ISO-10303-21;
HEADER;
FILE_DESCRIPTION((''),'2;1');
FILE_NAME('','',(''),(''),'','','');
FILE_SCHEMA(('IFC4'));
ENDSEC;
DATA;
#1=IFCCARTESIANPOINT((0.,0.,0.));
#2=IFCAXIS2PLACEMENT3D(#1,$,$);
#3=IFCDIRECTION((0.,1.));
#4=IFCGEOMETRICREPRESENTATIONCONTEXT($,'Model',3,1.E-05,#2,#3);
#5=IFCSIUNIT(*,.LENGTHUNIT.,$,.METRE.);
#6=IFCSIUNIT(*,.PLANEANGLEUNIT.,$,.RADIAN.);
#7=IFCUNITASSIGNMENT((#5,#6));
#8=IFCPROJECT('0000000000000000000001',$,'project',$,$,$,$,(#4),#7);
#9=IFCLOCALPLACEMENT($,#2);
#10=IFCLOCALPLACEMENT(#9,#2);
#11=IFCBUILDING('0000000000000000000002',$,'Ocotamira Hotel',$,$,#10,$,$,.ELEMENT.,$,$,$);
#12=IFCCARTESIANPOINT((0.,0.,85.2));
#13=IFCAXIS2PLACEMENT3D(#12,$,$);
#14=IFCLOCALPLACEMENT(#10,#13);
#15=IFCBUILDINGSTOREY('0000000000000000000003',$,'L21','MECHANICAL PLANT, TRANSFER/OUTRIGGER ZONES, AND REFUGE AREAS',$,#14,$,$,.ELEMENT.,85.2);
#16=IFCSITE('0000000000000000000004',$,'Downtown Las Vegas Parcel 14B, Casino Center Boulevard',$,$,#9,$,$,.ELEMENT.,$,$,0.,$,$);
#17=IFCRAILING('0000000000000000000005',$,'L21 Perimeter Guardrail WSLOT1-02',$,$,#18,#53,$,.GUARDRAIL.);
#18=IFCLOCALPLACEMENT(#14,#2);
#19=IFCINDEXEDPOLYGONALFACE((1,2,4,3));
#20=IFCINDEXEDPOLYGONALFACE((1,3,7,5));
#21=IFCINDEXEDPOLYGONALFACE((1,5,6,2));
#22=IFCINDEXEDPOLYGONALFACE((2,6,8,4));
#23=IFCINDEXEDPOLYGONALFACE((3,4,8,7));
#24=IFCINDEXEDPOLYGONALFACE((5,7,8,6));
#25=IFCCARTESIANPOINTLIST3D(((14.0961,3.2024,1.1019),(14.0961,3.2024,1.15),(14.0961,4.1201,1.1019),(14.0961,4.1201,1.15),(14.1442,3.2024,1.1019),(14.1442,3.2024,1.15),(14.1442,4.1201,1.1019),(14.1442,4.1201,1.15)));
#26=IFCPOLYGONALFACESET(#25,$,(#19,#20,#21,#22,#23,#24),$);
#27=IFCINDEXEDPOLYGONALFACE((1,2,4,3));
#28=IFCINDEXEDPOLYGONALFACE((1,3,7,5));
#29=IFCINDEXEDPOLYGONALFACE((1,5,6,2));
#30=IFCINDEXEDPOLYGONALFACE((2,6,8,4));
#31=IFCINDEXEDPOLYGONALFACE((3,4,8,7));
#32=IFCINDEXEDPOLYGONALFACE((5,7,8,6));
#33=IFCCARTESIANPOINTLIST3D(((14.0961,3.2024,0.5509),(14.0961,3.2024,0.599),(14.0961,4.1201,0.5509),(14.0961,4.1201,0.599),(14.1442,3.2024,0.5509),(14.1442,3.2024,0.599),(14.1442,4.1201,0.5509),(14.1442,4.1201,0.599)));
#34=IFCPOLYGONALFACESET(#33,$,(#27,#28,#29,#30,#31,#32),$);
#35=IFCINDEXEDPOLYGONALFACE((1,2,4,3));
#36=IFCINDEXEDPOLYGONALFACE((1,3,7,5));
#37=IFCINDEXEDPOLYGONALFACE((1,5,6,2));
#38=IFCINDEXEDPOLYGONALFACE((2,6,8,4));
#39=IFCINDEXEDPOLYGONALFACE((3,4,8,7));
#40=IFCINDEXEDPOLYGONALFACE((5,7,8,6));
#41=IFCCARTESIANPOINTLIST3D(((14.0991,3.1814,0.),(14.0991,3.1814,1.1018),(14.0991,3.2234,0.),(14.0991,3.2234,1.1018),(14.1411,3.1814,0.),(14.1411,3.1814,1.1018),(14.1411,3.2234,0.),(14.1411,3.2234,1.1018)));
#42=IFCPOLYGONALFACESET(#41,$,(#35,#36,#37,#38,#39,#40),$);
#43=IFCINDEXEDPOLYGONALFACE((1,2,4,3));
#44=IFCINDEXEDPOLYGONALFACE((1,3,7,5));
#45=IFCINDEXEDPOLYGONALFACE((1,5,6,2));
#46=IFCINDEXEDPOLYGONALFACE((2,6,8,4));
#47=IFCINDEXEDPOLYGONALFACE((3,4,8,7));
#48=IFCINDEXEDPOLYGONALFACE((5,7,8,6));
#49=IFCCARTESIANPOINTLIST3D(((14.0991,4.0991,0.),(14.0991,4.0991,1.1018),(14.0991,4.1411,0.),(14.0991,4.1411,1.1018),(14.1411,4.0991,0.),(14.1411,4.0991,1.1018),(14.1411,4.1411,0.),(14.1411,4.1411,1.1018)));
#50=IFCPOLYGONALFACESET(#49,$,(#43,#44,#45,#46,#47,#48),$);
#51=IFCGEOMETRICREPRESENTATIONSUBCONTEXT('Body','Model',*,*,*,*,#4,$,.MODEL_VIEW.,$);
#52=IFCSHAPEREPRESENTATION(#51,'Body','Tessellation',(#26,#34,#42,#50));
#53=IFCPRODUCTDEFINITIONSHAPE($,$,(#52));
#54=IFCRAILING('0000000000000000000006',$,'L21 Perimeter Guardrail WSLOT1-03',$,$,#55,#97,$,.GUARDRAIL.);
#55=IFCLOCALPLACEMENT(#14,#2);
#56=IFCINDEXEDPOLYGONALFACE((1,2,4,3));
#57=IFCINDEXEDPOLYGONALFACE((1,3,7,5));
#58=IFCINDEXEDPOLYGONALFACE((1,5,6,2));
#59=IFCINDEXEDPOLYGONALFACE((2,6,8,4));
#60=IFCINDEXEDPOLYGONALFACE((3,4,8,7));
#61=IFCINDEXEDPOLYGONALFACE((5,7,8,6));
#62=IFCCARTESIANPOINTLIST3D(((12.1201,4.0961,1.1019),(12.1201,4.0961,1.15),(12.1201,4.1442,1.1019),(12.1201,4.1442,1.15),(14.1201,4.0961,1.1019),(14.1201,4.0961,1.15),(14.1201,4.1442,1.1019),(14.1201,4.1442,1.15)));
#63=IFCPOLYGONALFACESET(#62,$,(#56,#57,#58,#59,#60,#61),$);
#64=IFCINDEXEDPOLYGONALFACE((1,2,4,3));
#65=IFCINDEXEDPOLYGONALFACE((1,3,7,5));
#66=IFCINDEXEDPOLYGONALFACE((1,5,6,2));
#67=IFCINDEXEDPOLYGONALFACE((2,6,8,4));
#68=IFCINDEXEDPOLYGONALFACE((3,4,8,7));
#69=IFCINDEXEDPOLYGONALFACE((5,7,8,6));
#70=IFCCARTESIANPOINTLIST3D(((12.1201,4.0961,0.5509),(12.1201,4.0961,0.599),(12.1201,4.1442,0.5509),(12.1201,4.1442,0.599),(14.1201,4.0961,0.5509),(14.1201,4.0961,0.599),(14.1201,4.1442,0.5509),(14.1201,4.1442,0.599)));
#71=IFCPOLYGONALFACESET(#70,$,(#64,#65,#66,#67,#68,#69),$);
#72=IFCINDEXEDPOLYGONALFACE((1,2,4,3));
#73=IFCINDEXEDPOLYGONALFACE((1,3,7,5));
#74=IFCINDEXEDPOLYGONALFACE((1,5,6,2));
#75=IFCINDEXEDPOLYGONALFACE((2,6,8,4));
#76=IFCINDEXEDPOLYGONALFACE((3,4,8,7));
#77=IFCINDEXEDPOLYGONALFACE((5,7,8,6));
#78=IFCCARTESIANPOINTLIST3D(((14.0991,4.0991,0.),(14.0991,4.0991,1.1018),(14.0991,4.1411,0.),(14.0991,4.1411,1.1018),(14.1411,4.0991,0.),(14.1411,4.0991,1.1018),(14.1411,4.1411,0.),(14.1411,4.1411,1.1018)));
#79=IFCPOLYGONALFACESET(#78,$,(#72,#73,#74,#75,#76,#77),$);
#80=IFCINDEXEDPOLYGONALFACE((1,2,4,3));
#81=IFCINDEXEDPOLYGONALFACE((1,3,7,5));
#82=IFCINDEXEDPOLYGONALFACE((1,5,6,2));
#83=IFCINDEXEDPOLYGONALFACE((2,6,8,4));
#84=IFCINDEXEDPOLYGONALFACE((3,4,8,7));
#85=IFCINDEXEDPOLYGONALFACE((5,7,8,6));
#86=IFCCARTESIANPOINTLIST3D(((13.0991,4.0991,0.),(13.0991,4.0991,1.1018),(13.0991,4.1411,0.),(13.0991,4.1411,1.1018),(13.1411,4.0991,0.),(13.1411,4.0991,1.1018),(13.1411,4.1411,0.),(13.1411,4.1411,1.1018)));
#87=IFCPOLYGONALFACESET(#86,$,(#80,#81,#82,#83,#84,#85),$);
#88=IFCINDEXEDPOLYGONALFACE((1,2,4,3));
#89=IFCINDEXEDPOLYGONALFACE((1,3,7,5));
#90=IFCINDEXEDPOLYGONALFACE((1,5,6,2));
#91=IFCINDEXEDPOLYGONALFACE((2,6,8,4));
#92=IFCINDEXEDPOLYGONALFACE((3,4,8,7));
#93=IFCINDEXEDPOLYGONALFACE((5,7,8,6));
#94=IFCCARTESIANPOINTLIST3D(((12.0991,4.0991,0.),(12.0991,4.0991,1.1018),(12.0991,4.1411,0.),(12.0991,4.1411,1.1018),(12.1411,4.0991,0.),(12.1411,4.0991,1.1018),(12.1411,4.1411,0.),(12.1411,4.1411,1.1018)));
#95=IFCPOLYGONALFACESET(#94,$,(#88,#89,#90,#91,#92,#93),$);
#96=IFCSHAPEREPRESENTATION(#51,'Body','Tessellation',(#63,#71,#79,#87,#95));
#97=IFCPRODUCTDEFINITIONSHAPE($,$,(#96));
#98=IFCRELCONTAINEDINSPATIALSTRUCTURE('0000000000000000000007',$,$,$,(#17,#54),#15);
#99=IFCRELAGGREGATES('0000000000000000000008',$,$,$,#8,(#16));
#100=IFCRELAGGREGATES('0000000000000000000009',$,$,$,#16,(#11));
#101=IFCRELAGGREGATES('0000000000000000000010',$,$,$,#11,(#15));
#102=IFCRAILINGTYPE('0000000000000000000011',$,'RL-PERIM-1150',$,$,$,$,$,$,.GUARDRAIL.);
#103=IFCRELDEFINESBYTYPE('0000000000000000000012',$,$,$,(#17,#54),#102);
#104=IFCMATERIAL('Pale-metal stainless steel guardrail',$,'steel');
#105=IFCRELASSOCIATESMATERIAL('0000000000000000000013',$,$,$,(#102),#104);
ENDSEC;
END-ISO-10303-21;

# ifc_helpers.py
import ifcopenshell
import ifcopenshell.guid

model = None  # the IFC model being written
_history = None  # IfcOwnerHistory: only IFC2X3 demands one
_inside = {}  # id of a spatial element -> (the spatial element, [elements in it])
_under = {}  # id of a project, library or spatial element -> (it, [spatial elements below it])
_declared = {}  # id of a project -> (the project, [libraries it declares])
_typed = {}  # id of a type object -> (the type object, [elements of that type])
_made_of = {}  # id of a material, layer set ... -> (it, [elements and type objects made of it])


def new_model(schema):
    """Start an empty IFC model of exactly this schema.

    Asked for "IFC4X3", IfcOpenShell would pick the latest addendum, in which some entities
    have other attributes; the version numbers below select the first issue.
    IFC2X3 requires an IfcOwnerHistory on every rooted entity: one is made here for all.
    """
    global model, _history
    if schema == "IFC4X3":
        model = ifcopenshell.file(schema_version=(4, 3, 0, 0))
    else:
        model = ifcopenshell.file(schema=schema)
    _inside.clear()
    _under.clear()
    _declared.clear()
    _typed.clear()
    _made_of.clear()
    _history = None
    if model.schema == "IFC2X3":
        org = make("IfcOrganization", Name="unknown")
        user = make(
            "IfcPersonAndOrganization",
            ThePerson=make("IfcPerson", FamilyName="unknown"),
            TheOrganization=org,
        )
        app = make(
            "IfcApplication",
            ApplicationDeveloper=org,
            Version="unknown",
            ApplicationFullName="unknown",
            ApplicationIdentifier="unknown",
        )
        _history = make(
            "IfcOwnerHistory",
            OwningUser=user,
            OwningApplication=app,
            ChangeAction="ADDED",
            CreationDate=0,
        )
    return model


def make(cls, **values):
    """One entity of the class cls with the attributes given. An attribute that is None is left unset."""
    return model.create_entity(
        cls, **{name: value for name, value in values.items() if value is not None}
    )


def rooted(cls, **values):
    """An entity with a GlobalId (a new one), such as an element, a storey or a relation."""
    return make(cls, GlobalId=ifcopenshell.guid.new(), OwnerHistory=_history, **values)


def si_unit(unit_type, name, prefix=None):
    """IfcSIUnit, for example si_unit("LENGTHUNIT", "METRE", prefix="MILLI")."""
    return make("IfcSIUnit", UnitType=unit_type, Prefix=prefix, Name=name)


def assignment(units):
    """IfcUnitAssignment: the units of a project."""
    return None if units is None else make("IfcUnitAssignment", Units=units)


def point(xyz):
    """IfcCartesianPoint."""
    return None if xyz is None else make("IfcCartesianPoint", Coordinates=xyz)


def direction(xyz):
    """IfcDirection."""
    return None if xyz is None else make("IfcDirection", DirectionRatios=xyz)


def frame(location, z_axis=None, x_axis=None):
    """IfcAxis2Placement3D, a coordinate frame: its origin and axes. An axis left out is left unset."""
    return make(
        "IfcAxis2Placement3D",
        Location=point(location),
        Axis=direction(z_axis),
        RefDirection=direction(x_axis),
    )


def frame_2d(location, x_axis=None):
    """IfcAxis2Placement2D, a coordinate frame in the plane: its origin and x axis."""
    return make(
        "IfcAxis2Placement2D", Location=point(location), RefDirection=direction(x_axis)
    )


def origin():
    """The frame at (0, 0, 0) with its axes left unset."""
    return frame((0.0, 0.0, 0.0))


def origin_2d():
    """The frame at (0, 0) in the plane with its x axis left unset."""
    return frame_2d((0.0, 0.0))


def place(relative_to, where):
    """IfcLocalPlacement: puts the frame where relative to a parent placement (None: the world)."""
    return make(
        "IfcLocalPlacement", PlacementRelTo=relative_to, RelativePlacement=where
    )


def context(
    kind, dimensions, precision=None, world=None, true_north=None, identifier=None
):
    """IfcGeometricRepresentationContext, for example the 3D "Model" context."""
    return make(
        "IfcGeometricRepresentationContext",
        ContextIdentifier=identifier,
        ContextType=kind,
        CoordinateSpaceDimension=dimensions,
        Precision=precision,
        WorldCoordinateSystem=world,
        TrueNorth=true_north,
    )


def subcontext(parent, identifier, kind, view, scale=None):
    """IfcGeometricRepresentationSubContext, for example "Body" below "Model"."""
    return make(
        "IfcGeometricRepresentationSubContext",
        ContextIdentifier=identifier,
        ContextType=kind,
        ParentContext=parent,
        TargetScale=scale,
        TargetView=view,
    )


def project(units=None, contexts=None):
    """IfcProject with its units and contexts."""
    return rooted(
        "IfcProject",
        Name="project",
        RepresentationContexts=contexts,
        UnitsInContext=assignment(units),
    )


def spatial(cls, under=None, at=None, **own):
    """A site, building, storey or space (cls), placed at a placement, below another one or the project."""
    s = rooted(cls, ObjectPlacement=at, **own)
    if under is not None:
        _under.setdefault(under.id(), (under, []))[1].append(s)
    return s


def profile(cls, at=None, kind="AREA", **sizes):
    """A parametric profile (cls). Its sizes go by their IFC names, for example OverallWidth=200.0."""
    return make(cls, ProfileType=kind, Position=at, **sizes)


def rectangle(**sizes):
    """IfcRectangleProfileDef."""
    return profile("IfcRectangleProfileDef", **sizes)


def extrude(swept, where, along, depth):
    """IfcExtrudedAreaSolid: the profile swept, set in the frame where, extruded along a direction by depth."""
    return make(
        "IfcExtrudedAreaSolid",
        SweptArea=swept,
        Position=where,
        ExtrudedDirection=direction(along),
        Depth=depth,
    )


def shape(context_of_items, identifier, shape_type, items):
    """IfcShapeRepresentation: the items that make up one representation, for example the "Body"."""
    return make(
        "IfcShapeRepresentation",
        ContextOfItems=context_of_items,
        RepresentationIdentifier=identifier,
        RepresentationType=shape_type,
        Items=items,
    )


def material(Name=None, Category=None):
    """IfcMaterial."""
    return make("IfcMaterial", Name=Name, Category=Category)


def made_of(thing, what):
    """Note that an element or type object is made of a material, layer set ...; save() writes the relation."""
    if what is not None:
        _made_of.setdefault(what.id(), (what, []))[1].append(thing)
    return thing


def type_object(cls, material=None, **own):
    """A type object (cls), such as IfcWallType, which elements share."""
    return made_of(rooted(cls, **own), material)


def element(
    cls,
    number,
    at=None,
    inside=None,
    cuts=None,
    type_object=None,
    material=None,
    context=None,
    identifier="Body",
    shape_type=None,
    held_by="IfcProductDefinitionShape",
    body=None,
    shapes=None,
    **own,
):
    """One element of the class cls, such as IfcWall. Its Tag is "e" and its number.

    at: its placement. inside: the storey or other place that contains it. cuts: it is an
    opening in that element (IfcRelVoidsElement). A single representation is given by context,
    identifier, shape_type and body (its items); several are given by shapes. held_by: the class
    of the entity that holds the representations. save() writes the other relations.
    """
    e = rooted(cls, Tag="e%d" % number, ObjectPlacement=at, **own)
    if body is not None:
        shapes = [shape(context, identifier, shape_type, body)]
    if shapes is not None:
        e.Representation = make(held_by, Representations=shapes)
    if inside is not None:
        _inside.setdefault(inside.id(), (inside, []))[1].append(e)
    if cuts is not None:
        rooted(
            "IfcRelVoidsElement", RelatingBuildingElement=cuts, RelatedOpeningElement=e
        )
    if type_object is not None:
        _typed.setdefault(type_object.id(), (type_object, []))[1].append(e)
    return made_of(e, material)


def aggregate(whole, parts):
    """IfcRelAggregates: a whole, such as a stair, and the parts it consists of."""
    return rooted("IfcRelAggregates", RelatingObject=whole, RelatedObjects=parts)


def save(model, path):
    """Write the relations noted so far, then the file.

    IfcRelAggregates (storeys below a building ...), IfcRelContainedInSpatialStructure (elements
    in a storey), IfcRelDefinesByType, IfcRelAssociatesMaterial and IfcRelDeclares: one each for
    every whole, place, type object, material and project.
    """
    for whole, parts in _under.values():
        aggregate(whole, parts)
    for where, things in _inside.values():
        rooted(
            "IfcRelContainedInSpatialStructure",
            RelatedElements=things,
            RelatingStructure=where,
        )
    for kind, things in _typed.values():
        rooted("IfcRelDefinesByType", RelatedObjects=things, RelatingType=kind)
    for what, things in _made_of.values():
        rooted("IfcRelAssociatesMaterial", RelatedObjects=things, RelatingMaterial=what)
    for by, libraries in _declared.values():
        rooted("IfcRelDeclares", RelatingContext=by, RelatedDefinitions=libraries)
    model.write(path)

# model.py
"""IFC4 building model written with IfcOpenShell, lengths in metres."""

from ifc_helpers import new_model, si_unit, direction, frame, origin, origin_2d, place, context, subcontext, project, spatial, rectangle, extrude, material, type_object, element, save


model = new_model("IFC4")

# Units and contexts
model_context = context("Model", 3, precision=1e-05, world=origin(), true_north=direction((0.0, 1.0)))
body_context = subcontext(model_context, "Body", "Model", "MODEL_VIEW")
ifc_project = project(units=[si_unit("LENGTHUNIT", "METRE"), si_unit("PLANEANGLEUNIT", "RADIAN")], contexts=[model_context])

# Site, building, storey
site_placement = place(None, origin())
site = spatial("IfcSite", under=ifc_project, at=site_placement, Name="Downtown Las Vegas Parcel 14B, Casino Center Boulevard", CompositionType="ELEMENT", RefElevation=0.0)
building_placement = place(site_placement, origin())
building = spatial("IfcBuilding", under=site, at=building_placement, Name="Ocotamira Hotel", CompositionType="ELEMENT")
storey_placement = place(building_placement, frame((0.0, 0.0, 85.2)))
storey = spatial("IfcBuildingStorey", under=building, at=storey_placement, Name="L21", Description="MECHANICAL PLANT, TRANSFER/OUTRIGGER ZONES, AND REFUGE AREAS", CompositionType="ELEMENT", Elevation=85.2)

# Railings
ifc_material_1 = material(Name="Pale-metal stainless steel guardrail", Category="steel")
railing_type = type_object("IfcRailingType", Name="RL-PERIM-1150", PredefinedType="GUARDRAIL", material=ifc_material_1)
railing_1_placement = place(storey_placement, frame((14.1201, 3.2024, 0.0)))
element("IfcRailing", 1, at=railing_1_placement, inside=storey, type_object=railing_type, Name="L21 Perimeter Guardrail WSLOT1-02", PredefinedType="GUARDRAIL", context=body_context, shape_type="SweptSolid", body=[
    extrude(rectangle(XDim=0.0481, YDim=0.0481, at=origin_2d()), frame((0.0, 0.0, 1.126), z_axis=(0.0, 1.0, 0.0), x_axis=(-1.0, 0.0, 0.0)), (0.0, 0.0, 1.0), 0.9177),
    extrude(rectangle(XDim=0.0481, YDim=0.0481, at=origin_2d()), frame((0.0, 0.0, 0.575), z_axis=(0.0, 1.0, 0.0), x_axis=(-1.0, 0.0, 0.0)), (0.0, 0.0, 1.0), 0.9177),
    extrude(rectangle(XDim=0.042, YDim=0.042, at=origin_2d()), origin(), (0.0, 0.0, 1.0), 1.1018),
    extrude(rectangle(XDim=0.042, YDim=0.042, at=origin_2d()), frame((0.0, 0.9177, 0.0)), (0.0, 0.0, 1.0), 1.1018),
])
railing_2_placement = place(storey_placement, frame((14.1201, 4.1201, 0.0)))
element("IfcRailing", 2, at=railing_2_placement, inside=storey, type_object=railing_type, Name="L21 Perimeter Guardrail WSLOT1-03", PredefinedType="GUARDRAIL", context=body_context, shape_type="SweptSolid", body=[
    extrude(rectangle(XDim=0.0481, YDim=0.0481, at=origin_2d()), frame((0.0, 0.0, 1.126), z_axis=(-1.0, 0.0, 0.0), x_axis=(0.0, -1.0, 0.0)), (0.0, 0.0, 1.0), 2.0),
    extrude(rectangle(XDim=0.0481, YDim=0.0481, at=origin_2d()), frame((0.0, 0.0, 0.575), z_axis=(-1.0, 0.0, 0.0), x_axis=(0.0, -1.0, 0.0)), (0.0, 0.0, 1.0), 2.0),
    extrude(rectangle(XDim=0.042, YDim=0.042, at=origin_2d()), origin(), (0.0, 0.0, 1.0), 1.1018),
    extrude(rectangle(XDim=0.042, YDim=0.042, at=origin_2d()), frame((-1.0, 0.0, 0.0)), (0.0, 0.0, 1.0), 1.1018),
    extrude(rectangle(XDim=0.042, YDim=0.042, at=origin_2d()), frame((-2.0, 0.0, 0.0)), (0.0, 0.0, 1.0), 1.1018),
])

save(model, "model.ifc")
